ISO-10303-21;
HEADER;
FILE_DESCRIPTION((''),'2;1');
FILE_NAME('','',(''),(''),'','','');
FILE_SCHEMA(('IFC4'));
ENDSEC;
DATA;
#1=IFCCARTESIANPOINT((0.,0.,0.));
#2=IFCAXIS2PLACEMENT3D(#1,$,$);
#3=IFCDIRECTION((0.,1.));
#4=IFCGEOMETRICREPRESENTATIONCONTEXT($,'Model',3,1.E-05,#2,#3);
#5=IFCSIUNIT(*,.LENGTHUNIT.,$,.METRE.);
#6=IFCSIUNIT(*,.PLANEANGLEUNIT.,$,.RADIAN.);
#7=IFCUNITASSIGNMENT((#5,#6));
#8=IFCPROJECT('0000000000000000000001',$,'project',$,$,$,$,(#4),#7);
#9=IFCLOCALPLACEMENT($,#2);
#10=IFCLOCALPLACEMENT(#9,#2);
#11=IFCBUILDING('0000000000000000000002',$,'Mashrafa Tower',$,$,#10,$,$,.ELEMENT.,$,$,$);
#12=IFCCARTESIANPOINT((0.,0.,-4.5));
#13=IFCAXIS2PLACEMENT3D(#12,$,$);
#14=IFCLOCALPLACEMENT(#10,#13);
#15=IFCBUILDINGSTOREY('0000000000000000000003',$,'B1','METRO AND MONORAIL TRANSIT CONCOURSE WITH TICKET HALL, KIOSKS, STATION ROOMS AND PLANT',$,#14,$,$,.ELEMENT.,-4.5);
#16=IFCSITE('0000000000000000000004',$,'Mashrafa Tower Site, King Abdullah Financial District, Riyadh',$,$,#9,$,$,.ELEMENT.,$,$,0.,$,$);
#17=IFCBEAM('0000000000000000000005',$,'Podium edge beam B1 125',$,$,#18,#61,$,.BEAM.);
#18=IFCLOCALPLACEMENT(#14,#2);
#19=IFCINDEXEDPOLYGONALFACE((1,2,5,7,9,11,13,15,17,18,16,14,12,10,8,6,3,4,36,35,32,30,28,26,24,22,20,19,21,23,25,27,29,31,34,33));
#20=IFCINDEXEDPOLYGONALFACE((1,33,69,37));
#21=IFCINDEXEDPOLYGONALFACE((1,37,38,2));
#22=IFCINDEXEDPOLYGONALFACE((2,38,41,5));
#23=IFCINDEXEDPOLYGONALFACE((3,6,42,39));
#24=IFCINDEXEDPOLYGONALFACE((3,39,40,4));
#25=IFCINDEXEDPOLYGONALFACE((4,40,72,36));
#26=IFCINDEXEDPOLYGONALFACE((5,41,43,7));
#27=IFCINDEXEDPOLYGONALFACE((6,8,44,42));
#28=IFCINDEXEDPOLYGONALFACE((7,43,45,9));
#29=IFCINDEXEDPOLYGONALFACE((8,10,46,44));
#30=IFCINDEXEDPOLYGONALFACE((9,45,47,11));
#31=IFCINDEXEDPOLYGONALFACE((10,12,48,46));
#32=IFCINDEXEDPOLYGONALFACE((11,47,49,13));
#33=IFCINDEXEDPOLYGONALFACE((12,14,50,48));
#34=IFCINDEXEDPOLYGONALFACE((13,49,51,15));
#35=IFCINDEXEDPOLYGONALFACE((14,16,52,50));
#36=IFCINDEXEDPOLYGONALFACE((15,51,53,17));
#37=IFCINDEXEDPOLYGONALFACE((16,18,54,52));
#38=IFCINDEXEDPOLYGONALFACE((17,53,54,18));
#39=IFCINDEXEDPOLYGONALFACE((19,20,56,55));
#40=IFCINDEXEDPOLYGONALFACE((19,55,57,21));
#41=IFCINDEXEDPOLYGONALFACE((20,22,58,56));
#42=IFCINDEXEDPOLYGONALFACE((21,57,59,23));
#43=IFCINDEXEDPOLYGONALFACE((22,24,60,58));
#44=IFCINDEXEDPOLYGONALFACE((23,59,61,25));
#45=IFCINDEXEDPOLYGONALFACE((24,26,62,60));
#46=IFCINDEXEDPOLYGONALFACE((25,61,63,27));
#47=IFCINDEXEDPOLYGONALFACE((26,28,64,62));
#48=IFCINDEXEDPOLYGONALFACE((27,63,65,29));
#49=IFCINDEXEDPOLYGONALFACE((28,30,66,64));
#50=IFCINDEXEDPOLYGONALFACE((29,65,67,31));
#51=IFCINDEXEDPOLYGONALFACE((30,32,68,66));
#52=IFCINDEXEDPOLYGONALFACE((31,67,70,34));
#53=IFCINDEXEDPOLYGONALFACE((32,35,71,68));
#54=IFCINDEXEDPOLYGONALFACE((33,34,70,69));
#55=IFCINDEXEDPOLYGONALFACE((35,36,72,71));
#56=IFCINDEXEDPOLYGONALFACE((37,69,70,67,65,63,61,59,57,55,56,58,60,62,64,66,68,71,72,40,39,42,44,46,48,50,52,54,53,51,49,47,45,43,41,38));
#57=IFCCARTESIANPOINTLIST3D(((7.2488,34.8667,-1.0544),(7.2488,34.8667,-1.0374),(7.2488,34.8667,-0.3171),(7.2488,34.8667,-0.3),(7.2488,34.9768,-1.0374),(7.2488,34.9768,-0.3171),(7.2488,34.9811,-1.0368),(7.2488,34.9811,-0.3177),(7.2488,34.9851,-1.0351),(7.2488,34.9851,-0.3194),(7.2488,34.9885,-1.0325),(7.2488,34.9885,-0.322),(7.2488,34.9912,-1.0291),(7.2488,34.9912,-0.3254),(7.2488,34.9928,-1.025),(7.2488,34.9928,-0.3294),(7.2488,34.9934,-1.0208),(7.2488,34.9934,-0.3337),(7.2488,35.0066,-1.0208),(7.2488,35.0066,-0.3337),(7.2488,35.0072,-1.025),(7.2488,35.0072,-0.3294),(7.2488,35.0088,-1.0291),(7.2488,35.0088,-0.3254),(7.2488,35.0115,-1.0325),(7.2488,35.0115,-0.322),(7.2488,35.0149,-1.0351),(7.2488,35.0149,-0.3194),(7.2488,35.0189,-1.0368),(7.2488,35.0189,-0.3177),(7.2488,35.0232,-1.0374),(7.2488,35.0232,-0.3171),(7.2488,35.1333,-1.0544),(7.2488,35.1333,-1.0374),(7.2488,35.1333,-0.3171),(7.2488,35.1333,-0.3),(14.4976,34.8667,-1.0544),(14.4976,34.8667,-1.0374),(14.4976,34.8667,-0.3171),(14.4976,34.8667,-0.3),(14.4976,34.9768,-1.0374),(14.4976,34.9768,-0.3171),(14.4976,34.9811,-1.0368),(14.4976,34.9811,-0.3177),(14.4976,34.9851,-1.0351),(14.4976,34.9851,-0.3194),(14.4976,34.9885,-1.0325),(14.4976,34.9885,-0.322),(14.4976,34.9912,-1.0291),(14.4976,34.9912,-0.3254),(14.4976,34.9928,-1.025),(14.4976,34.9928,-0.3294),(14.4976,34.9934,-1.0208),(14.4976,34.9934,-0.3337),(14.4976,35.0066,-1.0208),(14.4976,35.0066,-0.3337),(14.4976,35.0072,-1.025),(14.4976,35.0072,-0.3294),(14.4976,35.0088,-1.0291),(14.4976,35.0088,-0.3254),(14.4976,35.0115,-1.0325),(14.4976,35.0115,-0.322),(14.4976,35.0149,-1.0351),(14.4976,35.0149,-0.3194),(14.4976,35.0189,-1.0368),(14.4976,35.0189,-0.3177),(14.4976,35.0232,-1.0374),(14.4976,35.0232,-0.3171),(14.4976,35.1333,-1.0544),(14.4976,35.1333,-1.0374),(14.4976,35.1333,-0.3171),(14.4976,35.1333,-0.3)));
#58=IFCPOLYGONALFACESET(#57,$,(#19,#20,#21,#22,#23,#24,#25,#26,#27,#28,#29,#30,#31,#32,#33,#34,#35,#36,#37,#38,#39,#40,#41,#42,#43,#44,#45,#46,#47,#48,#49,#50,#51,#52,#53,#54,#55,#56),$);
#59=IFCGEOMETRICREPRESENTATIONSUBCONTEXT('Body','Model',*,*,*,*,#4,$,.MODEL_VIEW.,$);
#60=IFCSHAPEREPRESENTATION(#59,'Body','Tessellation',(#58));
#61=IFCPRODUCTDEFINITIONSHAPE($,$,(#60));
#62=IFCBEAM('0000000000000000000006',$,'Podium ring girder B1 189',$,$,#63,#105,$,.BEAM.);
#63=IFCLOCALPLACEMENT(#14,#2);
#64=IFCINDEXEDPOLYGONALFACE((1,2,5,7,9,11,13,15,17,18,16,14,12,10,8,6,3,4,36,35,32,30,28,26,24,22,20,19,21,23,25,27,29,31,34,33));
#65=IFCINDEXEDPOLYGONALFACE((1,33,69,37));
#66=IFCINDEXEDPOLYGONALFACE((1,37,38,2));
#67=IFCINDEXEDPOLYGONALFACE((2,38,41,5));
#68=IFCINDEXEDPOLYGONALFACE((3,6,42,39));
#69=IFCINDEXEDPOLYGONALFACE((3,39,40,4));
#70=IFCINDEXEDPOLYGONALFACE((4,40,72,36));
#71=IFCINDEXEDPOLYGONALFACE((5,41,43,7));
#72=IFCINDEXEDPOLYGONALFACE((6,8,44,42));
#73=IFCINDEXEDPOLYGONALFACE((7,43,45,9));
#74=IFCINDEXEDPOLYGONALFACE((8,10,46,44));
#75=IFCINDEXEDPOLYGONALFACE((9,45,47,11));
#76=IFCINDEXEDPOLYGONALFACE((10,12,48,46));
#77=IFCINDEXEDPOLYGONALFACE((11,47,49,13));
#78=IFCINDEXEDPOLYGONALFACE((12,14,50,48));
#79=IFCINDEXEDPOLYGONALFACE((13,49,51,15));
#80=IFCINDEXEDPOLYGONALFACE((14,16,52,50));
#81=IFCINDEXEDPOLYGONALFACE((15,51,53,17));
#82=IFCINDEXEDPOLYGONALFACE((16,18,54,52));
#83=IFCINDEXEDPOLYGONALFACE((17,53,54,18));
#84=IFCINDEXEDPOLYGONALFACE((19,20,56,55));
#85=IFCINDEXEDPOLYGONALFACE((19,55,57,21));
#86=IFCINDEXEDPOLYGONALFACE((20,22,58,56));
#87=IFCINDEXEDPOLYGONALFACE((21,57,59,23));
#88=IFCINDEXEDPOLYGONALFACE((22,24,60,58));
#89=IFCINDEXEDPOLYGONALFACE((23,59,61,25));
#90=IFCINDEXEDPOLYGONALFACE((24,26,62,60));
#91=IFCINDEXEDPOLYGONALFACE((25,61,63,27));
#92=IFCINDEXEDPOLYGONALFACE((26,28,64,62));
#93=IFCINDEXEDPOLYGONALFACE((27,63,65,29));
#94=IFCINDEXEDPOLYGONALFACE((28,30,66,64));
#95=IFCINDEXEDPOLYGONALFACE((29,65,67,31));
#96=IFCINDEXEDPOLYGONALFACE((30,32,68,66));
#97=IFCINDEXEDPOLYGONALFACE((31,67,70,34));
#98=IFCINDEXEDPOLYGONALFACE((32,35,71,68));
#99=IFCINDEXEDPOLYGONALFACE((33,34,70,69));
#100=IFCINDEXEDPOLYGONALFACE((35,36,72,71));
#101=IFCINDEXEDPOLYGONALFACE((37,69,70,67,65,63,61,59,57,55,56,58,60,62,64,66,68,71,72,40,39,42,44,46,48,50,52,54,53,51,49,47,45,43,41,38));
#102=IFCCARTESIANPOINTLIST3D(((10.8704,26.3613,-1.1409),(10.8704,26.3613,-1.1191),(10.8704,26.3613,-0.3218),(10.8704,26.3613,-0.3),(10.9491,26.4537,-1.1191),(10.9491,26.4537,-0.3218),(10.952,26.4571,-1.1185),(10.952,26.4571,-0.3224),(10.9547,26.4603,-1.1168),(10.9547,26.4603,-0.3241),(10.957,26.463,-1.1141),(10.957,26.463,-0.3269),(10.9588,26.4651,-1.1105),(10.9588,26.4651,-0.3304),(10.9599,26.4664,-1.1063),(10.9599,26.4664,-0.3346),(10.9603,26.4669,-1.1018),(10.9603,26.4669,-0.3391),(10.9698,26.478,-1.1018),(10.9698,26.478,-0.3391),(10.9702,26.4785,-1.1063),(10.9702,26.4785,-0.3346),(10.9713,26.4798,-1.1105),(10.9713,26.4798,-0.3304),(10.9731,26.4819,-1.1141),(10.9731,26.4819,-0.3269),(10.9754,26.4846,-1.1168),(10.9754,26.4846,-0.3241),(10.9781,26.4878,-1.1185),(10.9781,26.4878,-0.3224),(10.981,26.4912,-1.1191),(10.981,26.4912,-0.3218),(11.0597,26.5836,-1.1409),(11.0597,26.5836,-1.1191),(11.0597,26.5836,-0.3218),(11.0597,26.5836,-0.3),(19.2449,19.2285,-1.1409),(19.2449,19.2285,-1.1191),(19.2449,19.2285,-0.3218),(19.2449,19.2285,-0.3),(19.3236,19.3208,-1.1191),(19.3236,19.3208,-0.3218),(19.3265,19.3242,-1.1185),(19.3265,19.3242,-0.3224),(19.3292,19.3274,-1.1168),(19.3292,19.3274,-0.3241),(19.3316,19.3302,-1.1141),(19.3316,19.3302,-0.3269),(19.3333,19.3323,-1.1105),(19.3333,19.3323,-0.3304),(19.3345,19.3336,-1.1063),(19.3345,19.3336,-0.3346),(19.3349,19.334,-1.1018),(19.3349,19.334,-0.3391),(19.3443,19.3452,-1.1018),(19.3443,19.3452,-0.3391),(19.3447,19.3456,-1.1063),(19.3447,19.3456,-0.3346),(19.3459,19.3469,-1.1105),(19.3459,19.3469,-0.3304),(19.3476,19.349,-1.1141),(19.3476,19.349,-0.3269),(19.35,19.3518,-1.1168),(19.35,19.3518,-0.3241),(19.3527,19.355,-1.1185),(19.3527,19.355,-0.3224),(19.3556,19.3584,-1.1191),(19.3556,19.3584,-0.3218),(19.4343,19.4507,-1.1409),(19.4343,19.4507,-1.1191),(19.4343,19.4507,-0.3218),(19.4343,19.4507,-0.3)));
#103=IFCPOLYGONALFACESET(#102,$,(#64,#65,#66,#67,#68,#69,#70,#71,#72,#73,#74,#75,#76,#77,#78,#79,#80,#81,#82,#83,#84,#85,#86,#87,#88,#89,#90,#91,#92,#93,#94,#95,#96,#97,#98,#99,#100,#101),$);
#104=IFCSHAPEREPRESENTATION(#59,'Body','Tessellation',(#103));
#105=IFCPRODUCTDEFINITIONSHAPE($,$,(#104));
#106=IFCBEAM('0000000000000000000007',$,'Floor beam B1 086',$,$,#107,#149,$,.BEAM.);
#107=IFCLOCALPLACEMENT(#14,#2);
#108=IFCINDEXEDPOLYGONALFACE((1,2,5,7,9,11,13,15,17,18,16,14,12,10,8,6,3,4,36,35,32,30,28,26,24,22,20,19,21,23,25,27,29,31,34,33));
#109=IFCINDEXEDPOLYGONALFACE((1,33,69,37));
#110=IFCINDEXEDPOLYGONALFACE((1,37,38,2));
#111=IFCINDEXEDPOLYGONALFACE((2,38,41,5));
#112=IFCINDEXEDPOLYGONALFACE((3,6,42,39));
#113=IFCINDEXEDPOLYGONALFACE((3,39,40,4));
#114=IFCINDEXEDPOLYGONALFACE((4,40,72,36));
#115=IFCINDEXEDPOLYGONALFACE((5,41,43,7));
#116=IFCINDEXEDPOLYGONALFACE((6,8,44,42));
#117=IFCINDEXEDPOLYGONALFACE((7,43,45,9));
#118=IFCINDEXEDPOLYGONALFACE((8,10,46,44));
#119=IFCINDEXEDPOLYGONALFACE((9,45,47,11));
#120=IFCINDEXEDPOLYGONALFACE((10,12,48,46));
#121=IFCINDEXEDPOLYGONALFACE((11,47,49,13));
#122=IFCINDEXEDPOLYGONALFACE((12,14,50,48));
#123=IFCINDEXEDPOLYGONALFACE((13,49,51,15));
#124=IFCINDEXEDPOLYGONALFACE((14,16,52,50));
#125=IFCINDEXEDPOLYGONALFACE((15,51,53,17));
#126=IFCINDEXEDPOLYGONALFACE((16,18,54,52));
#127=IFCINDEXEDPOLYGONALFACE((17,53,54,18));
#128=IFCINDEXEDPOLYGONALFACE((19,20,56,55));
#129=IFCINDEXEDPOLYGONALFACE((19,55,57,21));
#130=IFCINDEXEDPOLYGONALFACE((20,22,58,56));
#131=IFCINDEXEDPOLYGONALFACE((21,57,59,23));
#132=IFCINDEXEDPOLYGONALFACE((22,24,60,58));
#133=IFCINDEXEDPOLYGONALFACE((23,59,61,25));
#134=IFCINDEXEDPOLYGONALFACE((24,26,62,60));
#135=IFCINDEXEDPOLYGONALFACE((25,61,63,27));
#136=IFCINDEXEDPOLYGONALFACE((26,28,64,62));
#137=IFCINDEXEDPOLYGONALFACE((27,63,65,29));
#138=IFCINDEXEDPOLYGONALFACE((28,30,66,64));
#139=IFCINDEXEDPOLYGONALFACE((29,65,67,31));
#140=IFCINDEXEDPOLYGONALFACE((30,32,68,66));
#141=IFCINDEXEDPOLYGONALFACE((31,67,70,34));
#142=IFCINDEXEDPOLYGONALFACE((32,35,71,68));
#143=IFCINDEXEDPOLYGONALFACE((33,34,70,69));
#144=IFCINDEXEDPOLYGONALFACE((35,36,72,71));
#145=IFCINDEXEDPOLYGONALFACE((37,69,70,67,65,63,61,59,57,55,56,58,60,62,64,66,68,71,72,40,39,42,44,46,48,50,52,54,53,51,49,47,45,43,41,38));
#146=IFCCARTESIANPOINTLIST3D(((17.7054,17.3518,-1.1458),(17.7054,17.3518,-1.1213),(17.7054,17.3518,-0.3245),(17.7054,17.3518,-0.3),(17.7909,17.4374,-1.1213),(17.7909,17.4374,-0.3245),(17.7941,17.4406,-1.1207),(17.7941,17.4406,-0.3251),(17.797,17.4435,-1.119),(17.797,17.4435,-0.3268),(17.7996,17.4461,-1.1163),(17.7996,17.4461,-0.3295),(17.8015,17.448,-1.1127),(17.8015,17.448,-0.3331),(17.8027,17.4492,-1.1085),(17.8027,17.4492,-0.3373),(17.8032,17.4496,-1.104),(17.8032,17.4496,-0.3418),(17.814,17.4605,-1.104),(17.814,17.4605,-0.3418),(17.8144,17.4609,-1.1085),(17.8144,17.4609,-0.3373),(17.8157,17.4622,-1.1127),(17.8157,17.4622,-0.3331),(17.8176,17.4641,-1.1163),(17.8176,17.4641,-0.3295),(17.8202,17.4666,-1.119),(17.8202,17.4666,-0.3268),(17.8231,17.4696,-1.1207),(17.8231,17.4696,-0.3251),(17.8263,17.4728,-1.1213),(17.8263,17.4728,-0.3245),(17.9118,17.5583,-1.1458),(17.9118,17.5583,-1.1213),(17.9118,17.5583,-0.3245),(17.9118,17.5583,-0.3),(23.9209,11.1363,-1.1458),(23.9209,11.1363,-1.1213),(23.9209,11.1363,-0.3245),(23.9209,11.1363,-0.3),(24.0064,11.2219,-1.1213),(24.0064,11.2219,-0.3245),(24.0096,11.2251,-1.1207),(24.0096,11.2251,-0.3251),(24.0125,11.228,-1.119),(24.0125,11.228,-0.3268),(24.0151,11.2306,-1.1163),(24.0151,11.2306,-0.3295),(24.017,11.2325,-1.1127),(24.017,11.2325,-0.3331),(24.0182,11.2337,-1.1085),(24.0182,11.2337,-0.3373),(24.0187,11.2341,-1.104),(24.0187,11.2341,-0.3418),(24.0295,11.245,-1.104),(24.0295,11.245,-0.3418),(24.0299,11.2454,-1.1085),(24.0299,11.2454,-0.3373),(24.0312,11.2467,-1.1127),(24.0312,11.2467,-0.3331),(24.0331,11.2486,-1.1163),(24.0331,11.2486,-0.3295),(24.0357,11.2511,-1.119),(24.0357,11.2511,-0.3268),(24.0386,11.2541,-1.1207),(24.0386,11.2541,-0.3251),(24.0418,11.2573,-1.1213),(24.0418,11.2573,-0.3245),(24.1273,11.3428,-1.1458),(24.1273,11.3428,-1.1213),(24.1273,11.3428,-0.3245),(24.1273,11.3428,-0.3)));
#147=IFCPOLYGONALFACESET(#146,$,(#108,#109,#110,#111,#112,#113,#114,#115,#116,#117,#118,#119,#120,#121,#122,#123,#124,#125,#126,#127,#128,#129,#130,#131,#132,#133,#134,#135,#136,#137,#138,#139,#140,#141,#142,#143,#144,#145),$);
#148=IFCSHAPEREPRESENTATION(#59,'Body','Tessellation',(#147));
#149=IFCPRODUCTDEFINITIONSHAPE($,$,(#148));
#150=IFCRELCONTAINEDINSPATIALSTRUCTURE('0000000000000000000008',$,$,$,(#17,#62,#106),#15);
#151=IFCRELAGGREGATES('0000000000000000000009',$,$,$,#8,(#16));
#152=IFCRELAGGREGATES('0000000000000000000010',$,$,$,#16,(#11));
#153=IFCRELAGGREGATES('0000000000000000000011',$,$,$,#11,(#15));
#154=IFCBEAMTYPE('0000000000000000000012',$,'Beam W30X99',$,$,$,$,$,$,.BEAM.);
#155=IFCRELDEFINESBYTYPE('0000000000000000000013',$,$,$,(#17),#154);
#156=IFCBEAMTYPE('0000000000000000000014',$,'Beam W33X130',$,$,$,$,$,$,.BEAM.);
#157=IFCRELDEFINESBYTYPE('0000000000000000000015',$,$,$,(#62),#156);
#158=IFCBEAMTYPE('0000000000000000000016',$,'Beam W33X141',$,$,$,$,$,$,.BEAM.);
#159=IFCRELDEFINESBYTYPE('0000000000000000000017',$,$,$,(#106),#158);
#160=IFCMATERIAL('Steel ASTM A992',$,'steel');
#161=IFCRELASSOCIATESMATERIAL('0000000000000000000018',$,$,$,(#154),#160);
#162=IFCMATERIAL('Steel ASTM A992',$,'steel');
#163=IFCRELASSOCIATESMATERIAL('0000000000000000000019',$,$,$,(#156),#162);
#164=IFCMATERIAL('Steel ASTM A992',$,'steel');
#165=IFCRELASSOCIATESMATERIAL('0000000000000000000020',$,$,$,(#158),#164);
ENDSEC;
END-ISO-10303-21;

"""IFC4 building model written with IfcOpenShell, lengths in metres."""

from ifc_helpers import new_model, si_unit, direction, frame, origin, origin_2d, place, context, subcontext, project, spatial, i_section, extrude, material, material_profile, profile_set, type_object, element, save


model = new_model("IFC4")

# Units and contexts
model_context = context("Model", 3, precision=1e-05, world=origin(), true_north=direction((0.0, 1.0)))
body_context = subcontext(model_context, "Body", "Model", "MODEL_VIEW")
ifc_project = project(units=[si_unit("LENGTHUNIT", "METRE"), si_unit("PLANEANGLEUNIT", "RADIAN")], contexts=[model_context])

# Site, building, storey
site_placement = place(None, origin())
site = spatial("IfcSite", under=ifc_project, at=site_placement, Name="Mashrafa Tower Site, King Abdullah Financial District, Riyadh", CompositionType="ELEMENT", RefElevation=0.0)
building_placement = place(site_placement, origin())
building = spatial("IfcBuilding", under=site, at=building_placement, Name="Mashrafa Tower", CompositionType="ELEMENT")
storey_placement = place(building_placement, frame((0.0, 0.0, -4.5)))
storey = spatial("IfcBuildingStorey", under=building, at=storey_placement, Name="B1", Description="METRO AND MONORAIL TRANSIT CONCOURSE WITH TICKET HALL, KIOSKS, STATION ROOMS AND PLANT", CompositionType="ELEMENT", Elevation=-4.5)

# Beams
ifc_material_1 = material(Name="Steel ASTM A992", Category="steel")
ifc_material_profile_1 = material_profile(ifc_material_1, i_section(OverallWidth=0.2666, OverallDepth=0.7544, WebThickness=0.0132, FlangeThickness=0.0171, FilletRadius=0.0166, at=origin_2d()), Name="W30X99")
ifc_profile_set_1 = profile_set([ifc_material_profile_1], Name="Steel ASTM A992")
beam_type_1 = type_object("IfcBeamType", Name="Beam W30X99", PredefinedType="BEAM", material=ifc_profile_set_1)
beam_1_placement = place(storey_placement, frame((14.4976, 35.0, -0.6772), z_axis=(-1.0, 0.0, 0.0), x_axis=(0.0, -1.0, 0.0)))
element("IfcBeam", 1, at=beam_1_placement, inside=storey, type_object=beam_type_1, Name="Podium edge beam B1 125", PredefinedType="BEAM", context=body_context, shape_type="SweptSolid", body=[
    extrude(i_section(OverallWidth=0.2666, OverallDepth=0.7544, WebThickness=0.0132, FlangeThickness=0.0171, FilletRadius=0.0166, at=origin_2d()), origin(), (0.0, 0.0, 1.0), 7.2488),
])
ifc_material_2 = material(Name="Steel ASTM A992", Category="steel")
ifc_material_profile_2 = material_profile(ifc_material_2, i_section(OverallWidth=0.292, OverallDepth=0.8408, WebThickness=0.0146, FlangeThickness=0.0217, FilletRadius=0.0173, at=origin_2d()), Name="W33X130")
ifc_profile_set_2 = profile_set([ifc_material_profile_2], Name="Steel ASTM A992")
beam_type_2 = type_object("IfcBeamType", Name="Beam W33X130", PredefinedType="BEAM", material=ifc_profile_set_2)
beam_2_placement = place(storey_placement, frame((19.3396, 19.3396, -0.7205), z_axis=(-0.761289, 0.648412, 0.0), x_axis=(-0.648412, -0.761289, 0.0)))
element("IfcBeam", 2, at=beam_2_placement, inside=storey, type_object=beam_type_2, Name="Podium ring girder B1 189", PredefinedType="BEAM", context=body_context, shape_type="SweptSolid", body=[
    extrude(i_section(OverallWidth=0.292, OverallDepth=0.8408, WebThickness=0.0146, FlangeThickness=0.0217, FilletRadius=0.0173, at=origin_2d()), origin(), (0.0, 0.0, 1.0), 11.0005),
])
ifc_material_3 = material(Name="Steel ASTM A992", Category="steel")
ifc_material_profile_3 = material_profile(ifc_material_3, i_section(OverallWidth=0.292, OverallDepth=0.8457, WebThickness=0.0154, FlangeThickness=0.0244, FilletRadius=0.0173, at=origin_2d()), Name="W33X141")
ifc_profile_set_3 = profile_set([ifc_material_profile_3], Name="Steel ASTM A992")
beam_type_3 = type_object("IfcBeamType", Name="Beam W33X141", PredefinedType="BEAM", material=ifc_profile_set_3)
beam_3_placement = place(storey_placement, frame((17.8086, 17.4551, -0.7229), z_axis=(0.707107, -0.707107, 0.0), x_axis=(0.707107, 0.707107, 0.0)))
element("IfcBeam", 3, at=beam_3_placement, inside=storey, type_object=beam_type_3, Name="Floor beam B1 086", PredefinedType="BEAM", context=body_context, shape_type="SweptSolid", body=[
    extrude(i_section(OverallWidth=0.292, OverallDepth=0.8457, WebThickness=0.0154, FlangeThickness=0.0244, FilletRadius=0.0173, at=origin_2d()), origin(), (0.0, 0.0, 1.0), 8.79),
])

save(model, "model.ifc")
